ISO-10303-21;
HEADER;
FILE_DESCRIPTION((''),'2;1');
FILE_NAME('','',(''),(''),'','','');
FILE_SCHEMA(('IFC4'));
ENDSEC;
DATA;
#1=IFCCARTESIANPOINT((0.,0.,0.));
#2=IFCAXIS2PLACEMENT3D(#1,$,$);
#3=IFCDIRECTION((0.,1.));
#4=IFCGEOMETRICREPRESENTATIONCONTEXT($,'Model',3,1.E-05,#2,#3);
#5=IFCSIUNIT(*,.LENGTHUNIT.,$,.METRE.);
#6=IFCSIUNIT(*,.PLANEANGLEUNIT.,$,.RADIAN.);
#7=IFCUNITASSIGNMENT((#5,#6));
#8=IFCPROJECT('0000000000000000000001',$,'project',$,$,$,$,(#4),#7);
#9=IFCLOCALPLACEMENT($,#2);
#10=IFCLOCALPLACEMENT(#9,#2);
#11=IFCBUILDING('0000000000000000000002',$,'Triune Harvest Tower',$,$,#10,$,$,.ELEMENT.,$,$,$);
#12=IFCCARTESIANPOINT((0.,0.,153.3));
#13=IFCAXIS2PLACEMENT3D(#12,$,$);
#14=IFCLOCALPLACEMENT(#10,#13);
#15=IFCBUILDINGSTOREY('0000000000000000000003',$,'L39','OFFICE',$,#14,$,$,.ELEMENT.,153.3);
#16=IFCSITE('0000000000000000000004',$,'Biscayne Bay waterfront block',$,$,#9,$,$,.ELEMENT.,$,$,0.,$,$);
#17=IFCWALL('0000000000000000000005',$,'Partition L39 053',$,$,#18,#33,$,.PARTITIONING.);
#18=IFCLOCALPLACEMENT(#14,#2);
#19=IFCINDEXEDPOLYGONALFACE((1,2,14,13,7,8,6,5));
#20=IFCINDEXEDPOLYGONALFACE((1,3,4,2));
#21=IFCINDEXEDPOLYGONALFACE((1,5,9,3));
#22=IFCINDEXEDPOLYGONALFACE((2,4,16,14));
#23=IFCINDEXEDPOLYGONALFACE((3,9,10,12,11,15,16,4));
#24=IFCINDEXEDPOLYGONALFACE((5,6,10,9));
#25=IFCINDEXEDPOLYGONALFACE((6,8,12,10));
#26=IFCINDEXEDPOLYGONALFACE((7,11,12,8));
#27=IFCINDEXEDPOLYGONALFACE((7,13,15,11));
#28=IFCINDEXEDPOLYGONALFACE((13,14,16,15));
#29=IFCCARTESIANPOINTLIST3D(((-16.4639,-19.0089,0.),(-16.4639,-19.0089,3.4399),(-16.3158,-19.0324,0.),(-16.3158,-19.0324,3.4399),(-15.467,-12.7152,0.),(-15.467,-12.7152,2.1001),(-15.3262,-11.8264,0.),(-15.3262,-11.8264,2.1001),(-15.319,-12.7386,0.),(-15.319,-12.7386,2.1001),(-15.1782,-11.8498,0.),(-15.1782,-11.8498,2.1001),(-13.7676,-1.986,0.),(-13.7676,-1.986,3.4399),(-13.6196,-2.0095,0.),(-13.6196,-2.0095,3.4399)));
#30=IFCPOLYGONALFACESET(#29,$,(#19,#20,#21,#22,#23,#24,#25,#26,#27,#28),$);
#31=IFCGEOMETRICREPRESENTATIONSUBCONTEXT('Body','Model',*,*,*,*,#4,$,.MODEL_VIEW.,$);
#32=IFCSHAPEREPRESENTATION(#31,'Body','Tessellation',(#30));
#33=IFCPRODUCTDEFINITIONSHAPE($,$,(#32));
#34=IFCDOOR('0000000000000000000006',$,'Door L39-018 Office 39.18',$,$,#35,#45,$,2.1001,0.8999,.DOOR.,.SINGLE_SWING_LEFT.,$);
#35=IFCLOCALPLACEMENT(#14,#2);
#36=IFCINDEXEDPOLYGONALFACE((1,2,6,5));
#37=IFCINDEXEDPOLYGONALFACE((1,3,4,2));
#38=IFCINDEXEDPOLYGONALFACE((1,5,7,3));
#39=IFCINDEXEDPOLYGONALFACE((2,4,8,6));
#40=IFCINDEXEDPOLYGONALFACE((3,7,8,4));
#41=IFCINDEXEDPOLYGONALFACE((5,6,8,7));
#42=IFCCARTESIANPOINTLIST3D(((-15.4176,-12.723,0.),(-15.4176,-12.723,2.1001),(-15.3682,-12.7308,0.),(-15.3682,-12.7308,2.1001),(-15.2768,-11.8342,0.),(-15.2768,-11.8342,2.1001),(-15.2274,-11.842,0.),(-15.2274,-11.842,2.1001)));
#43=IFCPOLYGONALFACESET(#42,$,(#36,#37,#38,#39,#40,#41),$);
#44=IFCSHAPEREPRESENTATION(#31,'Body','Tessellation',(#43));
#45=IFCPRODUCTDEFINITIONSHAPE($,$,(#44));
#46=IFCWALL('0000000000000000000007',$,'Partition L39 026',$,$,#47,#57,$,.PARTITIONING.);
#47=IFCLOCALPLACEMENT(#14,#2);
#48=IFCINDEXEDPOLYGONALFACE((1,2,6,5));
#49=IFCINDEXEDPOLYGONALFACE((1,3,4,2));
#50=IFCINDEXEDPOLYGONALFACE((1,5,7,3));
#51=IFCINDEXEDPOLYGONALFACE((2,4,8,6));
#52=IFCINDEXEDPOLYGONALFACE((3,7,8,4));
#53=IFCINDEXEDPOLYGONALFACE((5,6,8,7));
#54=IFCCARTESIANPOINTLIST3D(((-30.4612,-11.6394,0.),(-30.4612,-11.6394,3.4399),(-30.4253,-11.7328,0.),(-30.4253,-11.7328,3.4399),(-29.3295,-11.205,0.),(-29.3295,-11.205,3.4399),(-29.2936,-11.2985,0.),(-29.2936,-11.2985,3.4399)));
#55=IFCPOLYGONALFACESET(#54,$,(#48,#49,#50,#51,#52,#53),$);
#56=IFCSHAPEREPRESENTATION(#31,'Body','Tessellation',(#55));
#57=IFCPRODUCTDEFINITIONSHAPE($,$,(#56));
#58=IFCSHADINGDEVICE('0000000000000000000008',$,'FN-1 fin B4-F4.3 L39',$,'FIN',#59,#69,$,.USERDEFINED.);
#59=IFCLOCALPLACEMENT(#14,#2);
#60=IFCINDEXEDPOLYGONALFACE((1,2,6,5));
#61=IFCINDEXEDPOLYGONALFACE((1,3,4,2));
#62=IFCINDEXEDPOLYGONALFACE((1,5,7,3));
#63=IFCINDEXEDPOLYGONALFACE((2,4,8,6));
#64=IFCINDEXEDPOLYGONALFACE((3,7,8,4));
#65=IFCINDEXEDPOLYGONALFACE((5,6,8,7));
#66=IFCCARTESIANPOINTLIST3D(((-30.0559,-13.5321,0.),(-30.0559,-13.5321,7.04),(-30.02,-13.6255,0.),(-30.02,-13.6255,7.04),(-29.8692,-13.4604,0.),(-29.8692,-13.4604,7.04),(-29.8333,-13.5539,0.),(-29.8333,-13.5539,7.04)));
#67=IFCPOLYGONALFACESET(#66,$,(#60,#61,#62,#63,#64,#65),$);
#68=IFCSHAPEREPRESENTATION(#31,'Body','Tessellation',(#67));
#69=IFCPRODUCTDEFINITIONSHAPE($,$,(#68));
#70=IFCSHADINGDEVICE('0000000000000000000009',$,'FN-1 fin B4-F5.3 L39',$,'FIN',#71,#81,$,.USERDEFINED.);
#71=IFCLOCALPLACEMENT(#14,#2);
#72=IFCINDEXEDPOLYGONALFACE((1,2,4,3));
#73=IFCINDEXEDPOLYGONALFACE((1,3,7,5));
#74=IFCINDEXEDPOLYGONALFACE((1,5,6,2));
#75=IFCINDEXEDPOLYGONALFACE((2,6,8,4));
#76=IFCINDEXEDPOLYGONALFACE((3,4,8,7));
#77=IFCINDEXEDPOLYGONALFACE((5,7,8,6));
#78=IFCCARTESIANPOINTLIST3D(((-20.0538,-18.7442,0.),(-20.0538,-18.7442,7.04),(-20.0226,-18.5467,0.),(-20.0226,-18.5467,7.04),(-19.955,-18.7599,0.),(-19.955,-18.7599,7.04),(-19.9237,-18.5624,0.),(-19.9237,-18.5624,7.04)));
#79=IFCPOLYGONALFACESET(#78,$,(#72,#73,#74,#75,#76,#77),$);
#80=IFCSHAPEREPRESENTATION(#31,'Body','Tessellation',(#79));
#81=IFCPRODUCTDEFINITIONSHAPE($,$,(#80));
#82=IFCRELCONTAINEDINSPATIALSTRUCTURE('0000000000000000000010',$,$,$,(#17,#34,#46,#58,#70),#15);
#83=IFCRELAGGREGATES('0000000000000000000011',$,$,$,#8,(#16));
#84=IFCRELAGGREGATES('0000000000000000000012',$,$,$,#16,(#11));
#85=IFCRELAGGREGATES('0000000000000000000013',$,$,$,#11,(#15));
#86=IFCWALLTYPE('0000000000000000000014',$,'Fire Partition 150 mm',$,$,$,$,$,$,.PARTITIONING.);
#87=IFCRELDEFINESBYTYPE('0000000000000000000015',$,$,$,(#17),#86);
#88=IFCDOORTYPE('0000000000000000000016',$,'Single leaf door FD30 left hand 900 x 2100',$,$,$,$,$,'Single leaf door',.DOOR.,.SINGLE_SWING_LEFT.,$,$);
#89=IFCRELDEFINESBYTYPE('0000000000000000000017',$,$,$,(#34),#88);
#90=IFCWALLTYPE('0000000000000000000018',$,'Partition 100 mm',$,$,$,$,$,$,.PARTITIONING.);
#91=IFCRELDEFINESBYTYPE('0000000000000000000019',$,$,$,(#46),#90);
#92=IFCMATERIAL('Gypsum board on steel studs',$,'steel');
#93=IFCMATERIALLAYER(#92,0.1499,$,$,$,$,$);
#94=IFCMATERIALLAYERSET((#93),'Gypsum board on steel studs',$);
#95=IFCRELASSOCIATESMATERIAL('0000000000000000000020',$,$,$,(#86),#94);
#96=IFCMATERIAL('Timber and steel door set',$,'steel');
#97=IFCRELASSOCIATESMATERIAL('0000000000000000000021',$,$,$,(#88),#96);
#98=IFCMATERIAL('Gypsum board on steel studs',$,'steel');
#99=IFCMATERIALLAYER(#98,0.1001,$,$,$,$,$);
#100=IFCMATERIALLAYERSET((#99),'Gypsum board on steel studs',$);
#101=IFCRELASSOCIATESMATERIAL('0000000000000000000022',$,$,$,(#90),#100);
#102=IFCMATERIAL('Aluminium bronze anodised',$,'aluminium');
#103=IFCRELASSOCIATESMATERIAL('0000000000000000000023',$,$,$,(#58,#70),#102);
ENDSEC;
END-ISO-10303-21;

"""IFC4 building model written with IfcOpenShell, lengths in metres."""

from ifc_helpers import new_model, si_unit, direction, frame, frame_2d, origin, origin_2d, place, context, subcontext, project, spatial, rectangle, extrude, source, transform, mapped, material, layer, layer_set, type_object, element, fill, save


model = new_model("IFC4")

# Units and contexts
model_context = context("Model", 3, precision=1e-05, world=origin(), true_north=direction((0.0, 1.0)))
body_context = subcontext(model_context, "Body", "Model", "MODEL_VIEW")
ifc_project = project(units=[si_unit("LENGTHUNIT", "METRE"), si_unit("PLANEANGLEUNIT", "RADIAN")], contexts=[model_context])

# Site, building, storey
site_placement = place(None, origin())
site = spatial("IfcSite", under=ifc_project, at=site_placement, Name="Biscayne Bay waterfront block", CompositionType="ELEMENT", RefElevation=0.0)
building_placement = place(site_placement, origin())
building = spatial("IfcBuilding", under=site, at=building_placement, Name="Triune Harvest Tower", CompositionType="ELEMENT")
storey_placement = place(building_placement, frame((0.0, 0.0, 153.3)))
storey = spatial("IfcBuildingStorey", under=building, at=storey_placement, Name="L39", Description="OFFICE", CompositionType="ELEMENT", Elevation=153.3)

# Wall, opening, door
ifc_material_1 = material(Name="Gypsum board on steel studs", Category="steel")
ifc_layer_1 = layer(ifc_material_1, 0.1499)
ifc_layer_set_1 = layer_set([ifc_layer_1], Name="Gypsum board on steel studs")
wall_type_1 = type_object("IfcWallType", Name="Fire Partition 150 mm", PredefinedType="PARTITIONING", material=ifc_layer_set_1)
wall_1_placement = place(storey_placement, frame((-16.3899, -19.0208, 0.0), z_axis=(0.0, 0.0, 1.0), x_axis=(0.156441, 0.987687, 0.0)))
wall_1 = element("IfcWall", 1, at=wall_1_placement, inside=storey, type_object=wall_type_1, Name="Partition L39 053", PredefinedType="PARTITIONING", context=body_context, shape_type="SweptSolid", body=[
    extrude(rectangle(XDim=17.2351, YDim=0.1499, at=frame_2d((8.6177, 0.0))), origin(), (0.0, 0.0, 1.0), 3.4399),
])
opening_placement = place(wall_1_placement, frame((6.3723, 0.0, 0.0)))
opening = element("IfcOpeningElement", 2, at=opening_placement, cuts=wall_1, PredefinedType="OPENING", context=body_context, shape_type="SweptSolid", body=[
    extrude(rectangle(XDim=0.8999, YDim=2.1001, at=frame_2d((0.45, 1.05))), frame((0.0, 0.085, 0.0), z_axis=(0.0, -1.0, 0.0), x_axis=(1.0, 0.0, 0.0)), (0.0, 0.0, 1.0), 0.1699),
])
ifc_material_2 = material(Name="Timber and steel door set", Category="steel")
door_type = type_object("IfcDoorType", Name="Single leaf door FD30 left hand 900 x 2100", ElementType="Single leaf door", OperationType="SINGLE_SWING_LEFT", PredefinedType="DOOR", material=ifc_material_2)
door_placement = place(opening_placement, origin())
door = element("IfcDoor", 3, at=door_placement, inside=storey, type_object=door_type, Name="Door L39-018 Office 39.18", OperationType="SINGLE_SWING_LEFT", OverallHeight=2.1001, OverallWidth=0.8999, PredefinedType="DOOR", context=body_context, shape_type="SweptSolid", body=[
    extrude(rectangle(XDim=0.8999, YDim=2.1001, at=frame_2d((0.45, 1.05))), frame((0.0, 0.0249, 0.0), z_axis=(0.0, -1.0, 0.0), x_axis=(1.0, 0.0, 0.0)), (0.0, 0.0, 1.0), 0.05),
])
fill(opening, door)

# Wall
ifc_material_3 = material(Name="Gypsum board on steel studs", Category="steel")
ifc_layer_2 = layer(ifc_material_3, 0.1001)
ifc_layer_set_2 = layer_set([ifc_layer_2], Name="Gypsum board on steel studs")
wall_type_2 = type_object("IfcWallType", Name="Partition 100 mm", PredefinedType="PARTITIONING", material=ifc_layer_set_2)
shared_shape_1 = source(origin(), body_context, "Body", "SweptSolid", [
    extrude(rectangle(XDim=1.2122, YDim=0.1001, at=frame_2d((0.606, 0.0))), origin(), (0.0, 0.0, 1.0), 3.4399),
])
wall_2_placement = place(storey_placement, frame((-30.4431, -11.686, 0.0), z_axis=(0.0, 0.0, 1.0), x_axis=(0.933595, 0.358331, 0.0)))
element("IfcWall", 4, at=wall_2_placement, inside=storey, type_object=wall_type_2, Name="Partition L39 026", PredefinedType="PARTITIONING", context=body_context, shape_type="MappedRepresentation", body=[
    mapped(shared_shape_1, transform((0.0, 0.0, 0.0), scale=1.0)),
])

# Shading devices
ifc_material_4 = material(Name="Aluminium bronze anodised", Category="aluminium")
shared_shape_2 = source(origin(), body_context, "Body", "SweptSolid", [
    extrude(rectangle(XDim=0.1001, YDim=0.2, at=origin_2d()), origin(), (0.0, 0.0, 1.0), 7.04),
])
for number, where, z_axis, x_axis, name in (
    (5, (-29.9446, -13.543, 0.0), (0.0, 0.0, 1.0), (0.358369, -0.93358, 0.0), "FN-1 fin B4-F4.3 L39"),
    (6, (-19.9888, -18.6533, 0.0), (0.0, 0.0, 1.0), (0.987688, -0.156435, 0.0), "FN-1 fin B4-F5.3 L39"),
):
    element("IfcShadingDevice", number, at=place(storey_placement, frame(where, z_axis=z_axis, x_axis=x_axis)), inside=storey, material=ifc_material_4, Name=name, ObjectType="FIN", PredefinedType="USERDEFINED", context=body_context, shape_type="MappedRepresentation", body=[
        mapped(shared_shape_2, transform((0.0, 0.0, 0.0), scale=1.0)),
    ])

save(model, "model.ifc")
